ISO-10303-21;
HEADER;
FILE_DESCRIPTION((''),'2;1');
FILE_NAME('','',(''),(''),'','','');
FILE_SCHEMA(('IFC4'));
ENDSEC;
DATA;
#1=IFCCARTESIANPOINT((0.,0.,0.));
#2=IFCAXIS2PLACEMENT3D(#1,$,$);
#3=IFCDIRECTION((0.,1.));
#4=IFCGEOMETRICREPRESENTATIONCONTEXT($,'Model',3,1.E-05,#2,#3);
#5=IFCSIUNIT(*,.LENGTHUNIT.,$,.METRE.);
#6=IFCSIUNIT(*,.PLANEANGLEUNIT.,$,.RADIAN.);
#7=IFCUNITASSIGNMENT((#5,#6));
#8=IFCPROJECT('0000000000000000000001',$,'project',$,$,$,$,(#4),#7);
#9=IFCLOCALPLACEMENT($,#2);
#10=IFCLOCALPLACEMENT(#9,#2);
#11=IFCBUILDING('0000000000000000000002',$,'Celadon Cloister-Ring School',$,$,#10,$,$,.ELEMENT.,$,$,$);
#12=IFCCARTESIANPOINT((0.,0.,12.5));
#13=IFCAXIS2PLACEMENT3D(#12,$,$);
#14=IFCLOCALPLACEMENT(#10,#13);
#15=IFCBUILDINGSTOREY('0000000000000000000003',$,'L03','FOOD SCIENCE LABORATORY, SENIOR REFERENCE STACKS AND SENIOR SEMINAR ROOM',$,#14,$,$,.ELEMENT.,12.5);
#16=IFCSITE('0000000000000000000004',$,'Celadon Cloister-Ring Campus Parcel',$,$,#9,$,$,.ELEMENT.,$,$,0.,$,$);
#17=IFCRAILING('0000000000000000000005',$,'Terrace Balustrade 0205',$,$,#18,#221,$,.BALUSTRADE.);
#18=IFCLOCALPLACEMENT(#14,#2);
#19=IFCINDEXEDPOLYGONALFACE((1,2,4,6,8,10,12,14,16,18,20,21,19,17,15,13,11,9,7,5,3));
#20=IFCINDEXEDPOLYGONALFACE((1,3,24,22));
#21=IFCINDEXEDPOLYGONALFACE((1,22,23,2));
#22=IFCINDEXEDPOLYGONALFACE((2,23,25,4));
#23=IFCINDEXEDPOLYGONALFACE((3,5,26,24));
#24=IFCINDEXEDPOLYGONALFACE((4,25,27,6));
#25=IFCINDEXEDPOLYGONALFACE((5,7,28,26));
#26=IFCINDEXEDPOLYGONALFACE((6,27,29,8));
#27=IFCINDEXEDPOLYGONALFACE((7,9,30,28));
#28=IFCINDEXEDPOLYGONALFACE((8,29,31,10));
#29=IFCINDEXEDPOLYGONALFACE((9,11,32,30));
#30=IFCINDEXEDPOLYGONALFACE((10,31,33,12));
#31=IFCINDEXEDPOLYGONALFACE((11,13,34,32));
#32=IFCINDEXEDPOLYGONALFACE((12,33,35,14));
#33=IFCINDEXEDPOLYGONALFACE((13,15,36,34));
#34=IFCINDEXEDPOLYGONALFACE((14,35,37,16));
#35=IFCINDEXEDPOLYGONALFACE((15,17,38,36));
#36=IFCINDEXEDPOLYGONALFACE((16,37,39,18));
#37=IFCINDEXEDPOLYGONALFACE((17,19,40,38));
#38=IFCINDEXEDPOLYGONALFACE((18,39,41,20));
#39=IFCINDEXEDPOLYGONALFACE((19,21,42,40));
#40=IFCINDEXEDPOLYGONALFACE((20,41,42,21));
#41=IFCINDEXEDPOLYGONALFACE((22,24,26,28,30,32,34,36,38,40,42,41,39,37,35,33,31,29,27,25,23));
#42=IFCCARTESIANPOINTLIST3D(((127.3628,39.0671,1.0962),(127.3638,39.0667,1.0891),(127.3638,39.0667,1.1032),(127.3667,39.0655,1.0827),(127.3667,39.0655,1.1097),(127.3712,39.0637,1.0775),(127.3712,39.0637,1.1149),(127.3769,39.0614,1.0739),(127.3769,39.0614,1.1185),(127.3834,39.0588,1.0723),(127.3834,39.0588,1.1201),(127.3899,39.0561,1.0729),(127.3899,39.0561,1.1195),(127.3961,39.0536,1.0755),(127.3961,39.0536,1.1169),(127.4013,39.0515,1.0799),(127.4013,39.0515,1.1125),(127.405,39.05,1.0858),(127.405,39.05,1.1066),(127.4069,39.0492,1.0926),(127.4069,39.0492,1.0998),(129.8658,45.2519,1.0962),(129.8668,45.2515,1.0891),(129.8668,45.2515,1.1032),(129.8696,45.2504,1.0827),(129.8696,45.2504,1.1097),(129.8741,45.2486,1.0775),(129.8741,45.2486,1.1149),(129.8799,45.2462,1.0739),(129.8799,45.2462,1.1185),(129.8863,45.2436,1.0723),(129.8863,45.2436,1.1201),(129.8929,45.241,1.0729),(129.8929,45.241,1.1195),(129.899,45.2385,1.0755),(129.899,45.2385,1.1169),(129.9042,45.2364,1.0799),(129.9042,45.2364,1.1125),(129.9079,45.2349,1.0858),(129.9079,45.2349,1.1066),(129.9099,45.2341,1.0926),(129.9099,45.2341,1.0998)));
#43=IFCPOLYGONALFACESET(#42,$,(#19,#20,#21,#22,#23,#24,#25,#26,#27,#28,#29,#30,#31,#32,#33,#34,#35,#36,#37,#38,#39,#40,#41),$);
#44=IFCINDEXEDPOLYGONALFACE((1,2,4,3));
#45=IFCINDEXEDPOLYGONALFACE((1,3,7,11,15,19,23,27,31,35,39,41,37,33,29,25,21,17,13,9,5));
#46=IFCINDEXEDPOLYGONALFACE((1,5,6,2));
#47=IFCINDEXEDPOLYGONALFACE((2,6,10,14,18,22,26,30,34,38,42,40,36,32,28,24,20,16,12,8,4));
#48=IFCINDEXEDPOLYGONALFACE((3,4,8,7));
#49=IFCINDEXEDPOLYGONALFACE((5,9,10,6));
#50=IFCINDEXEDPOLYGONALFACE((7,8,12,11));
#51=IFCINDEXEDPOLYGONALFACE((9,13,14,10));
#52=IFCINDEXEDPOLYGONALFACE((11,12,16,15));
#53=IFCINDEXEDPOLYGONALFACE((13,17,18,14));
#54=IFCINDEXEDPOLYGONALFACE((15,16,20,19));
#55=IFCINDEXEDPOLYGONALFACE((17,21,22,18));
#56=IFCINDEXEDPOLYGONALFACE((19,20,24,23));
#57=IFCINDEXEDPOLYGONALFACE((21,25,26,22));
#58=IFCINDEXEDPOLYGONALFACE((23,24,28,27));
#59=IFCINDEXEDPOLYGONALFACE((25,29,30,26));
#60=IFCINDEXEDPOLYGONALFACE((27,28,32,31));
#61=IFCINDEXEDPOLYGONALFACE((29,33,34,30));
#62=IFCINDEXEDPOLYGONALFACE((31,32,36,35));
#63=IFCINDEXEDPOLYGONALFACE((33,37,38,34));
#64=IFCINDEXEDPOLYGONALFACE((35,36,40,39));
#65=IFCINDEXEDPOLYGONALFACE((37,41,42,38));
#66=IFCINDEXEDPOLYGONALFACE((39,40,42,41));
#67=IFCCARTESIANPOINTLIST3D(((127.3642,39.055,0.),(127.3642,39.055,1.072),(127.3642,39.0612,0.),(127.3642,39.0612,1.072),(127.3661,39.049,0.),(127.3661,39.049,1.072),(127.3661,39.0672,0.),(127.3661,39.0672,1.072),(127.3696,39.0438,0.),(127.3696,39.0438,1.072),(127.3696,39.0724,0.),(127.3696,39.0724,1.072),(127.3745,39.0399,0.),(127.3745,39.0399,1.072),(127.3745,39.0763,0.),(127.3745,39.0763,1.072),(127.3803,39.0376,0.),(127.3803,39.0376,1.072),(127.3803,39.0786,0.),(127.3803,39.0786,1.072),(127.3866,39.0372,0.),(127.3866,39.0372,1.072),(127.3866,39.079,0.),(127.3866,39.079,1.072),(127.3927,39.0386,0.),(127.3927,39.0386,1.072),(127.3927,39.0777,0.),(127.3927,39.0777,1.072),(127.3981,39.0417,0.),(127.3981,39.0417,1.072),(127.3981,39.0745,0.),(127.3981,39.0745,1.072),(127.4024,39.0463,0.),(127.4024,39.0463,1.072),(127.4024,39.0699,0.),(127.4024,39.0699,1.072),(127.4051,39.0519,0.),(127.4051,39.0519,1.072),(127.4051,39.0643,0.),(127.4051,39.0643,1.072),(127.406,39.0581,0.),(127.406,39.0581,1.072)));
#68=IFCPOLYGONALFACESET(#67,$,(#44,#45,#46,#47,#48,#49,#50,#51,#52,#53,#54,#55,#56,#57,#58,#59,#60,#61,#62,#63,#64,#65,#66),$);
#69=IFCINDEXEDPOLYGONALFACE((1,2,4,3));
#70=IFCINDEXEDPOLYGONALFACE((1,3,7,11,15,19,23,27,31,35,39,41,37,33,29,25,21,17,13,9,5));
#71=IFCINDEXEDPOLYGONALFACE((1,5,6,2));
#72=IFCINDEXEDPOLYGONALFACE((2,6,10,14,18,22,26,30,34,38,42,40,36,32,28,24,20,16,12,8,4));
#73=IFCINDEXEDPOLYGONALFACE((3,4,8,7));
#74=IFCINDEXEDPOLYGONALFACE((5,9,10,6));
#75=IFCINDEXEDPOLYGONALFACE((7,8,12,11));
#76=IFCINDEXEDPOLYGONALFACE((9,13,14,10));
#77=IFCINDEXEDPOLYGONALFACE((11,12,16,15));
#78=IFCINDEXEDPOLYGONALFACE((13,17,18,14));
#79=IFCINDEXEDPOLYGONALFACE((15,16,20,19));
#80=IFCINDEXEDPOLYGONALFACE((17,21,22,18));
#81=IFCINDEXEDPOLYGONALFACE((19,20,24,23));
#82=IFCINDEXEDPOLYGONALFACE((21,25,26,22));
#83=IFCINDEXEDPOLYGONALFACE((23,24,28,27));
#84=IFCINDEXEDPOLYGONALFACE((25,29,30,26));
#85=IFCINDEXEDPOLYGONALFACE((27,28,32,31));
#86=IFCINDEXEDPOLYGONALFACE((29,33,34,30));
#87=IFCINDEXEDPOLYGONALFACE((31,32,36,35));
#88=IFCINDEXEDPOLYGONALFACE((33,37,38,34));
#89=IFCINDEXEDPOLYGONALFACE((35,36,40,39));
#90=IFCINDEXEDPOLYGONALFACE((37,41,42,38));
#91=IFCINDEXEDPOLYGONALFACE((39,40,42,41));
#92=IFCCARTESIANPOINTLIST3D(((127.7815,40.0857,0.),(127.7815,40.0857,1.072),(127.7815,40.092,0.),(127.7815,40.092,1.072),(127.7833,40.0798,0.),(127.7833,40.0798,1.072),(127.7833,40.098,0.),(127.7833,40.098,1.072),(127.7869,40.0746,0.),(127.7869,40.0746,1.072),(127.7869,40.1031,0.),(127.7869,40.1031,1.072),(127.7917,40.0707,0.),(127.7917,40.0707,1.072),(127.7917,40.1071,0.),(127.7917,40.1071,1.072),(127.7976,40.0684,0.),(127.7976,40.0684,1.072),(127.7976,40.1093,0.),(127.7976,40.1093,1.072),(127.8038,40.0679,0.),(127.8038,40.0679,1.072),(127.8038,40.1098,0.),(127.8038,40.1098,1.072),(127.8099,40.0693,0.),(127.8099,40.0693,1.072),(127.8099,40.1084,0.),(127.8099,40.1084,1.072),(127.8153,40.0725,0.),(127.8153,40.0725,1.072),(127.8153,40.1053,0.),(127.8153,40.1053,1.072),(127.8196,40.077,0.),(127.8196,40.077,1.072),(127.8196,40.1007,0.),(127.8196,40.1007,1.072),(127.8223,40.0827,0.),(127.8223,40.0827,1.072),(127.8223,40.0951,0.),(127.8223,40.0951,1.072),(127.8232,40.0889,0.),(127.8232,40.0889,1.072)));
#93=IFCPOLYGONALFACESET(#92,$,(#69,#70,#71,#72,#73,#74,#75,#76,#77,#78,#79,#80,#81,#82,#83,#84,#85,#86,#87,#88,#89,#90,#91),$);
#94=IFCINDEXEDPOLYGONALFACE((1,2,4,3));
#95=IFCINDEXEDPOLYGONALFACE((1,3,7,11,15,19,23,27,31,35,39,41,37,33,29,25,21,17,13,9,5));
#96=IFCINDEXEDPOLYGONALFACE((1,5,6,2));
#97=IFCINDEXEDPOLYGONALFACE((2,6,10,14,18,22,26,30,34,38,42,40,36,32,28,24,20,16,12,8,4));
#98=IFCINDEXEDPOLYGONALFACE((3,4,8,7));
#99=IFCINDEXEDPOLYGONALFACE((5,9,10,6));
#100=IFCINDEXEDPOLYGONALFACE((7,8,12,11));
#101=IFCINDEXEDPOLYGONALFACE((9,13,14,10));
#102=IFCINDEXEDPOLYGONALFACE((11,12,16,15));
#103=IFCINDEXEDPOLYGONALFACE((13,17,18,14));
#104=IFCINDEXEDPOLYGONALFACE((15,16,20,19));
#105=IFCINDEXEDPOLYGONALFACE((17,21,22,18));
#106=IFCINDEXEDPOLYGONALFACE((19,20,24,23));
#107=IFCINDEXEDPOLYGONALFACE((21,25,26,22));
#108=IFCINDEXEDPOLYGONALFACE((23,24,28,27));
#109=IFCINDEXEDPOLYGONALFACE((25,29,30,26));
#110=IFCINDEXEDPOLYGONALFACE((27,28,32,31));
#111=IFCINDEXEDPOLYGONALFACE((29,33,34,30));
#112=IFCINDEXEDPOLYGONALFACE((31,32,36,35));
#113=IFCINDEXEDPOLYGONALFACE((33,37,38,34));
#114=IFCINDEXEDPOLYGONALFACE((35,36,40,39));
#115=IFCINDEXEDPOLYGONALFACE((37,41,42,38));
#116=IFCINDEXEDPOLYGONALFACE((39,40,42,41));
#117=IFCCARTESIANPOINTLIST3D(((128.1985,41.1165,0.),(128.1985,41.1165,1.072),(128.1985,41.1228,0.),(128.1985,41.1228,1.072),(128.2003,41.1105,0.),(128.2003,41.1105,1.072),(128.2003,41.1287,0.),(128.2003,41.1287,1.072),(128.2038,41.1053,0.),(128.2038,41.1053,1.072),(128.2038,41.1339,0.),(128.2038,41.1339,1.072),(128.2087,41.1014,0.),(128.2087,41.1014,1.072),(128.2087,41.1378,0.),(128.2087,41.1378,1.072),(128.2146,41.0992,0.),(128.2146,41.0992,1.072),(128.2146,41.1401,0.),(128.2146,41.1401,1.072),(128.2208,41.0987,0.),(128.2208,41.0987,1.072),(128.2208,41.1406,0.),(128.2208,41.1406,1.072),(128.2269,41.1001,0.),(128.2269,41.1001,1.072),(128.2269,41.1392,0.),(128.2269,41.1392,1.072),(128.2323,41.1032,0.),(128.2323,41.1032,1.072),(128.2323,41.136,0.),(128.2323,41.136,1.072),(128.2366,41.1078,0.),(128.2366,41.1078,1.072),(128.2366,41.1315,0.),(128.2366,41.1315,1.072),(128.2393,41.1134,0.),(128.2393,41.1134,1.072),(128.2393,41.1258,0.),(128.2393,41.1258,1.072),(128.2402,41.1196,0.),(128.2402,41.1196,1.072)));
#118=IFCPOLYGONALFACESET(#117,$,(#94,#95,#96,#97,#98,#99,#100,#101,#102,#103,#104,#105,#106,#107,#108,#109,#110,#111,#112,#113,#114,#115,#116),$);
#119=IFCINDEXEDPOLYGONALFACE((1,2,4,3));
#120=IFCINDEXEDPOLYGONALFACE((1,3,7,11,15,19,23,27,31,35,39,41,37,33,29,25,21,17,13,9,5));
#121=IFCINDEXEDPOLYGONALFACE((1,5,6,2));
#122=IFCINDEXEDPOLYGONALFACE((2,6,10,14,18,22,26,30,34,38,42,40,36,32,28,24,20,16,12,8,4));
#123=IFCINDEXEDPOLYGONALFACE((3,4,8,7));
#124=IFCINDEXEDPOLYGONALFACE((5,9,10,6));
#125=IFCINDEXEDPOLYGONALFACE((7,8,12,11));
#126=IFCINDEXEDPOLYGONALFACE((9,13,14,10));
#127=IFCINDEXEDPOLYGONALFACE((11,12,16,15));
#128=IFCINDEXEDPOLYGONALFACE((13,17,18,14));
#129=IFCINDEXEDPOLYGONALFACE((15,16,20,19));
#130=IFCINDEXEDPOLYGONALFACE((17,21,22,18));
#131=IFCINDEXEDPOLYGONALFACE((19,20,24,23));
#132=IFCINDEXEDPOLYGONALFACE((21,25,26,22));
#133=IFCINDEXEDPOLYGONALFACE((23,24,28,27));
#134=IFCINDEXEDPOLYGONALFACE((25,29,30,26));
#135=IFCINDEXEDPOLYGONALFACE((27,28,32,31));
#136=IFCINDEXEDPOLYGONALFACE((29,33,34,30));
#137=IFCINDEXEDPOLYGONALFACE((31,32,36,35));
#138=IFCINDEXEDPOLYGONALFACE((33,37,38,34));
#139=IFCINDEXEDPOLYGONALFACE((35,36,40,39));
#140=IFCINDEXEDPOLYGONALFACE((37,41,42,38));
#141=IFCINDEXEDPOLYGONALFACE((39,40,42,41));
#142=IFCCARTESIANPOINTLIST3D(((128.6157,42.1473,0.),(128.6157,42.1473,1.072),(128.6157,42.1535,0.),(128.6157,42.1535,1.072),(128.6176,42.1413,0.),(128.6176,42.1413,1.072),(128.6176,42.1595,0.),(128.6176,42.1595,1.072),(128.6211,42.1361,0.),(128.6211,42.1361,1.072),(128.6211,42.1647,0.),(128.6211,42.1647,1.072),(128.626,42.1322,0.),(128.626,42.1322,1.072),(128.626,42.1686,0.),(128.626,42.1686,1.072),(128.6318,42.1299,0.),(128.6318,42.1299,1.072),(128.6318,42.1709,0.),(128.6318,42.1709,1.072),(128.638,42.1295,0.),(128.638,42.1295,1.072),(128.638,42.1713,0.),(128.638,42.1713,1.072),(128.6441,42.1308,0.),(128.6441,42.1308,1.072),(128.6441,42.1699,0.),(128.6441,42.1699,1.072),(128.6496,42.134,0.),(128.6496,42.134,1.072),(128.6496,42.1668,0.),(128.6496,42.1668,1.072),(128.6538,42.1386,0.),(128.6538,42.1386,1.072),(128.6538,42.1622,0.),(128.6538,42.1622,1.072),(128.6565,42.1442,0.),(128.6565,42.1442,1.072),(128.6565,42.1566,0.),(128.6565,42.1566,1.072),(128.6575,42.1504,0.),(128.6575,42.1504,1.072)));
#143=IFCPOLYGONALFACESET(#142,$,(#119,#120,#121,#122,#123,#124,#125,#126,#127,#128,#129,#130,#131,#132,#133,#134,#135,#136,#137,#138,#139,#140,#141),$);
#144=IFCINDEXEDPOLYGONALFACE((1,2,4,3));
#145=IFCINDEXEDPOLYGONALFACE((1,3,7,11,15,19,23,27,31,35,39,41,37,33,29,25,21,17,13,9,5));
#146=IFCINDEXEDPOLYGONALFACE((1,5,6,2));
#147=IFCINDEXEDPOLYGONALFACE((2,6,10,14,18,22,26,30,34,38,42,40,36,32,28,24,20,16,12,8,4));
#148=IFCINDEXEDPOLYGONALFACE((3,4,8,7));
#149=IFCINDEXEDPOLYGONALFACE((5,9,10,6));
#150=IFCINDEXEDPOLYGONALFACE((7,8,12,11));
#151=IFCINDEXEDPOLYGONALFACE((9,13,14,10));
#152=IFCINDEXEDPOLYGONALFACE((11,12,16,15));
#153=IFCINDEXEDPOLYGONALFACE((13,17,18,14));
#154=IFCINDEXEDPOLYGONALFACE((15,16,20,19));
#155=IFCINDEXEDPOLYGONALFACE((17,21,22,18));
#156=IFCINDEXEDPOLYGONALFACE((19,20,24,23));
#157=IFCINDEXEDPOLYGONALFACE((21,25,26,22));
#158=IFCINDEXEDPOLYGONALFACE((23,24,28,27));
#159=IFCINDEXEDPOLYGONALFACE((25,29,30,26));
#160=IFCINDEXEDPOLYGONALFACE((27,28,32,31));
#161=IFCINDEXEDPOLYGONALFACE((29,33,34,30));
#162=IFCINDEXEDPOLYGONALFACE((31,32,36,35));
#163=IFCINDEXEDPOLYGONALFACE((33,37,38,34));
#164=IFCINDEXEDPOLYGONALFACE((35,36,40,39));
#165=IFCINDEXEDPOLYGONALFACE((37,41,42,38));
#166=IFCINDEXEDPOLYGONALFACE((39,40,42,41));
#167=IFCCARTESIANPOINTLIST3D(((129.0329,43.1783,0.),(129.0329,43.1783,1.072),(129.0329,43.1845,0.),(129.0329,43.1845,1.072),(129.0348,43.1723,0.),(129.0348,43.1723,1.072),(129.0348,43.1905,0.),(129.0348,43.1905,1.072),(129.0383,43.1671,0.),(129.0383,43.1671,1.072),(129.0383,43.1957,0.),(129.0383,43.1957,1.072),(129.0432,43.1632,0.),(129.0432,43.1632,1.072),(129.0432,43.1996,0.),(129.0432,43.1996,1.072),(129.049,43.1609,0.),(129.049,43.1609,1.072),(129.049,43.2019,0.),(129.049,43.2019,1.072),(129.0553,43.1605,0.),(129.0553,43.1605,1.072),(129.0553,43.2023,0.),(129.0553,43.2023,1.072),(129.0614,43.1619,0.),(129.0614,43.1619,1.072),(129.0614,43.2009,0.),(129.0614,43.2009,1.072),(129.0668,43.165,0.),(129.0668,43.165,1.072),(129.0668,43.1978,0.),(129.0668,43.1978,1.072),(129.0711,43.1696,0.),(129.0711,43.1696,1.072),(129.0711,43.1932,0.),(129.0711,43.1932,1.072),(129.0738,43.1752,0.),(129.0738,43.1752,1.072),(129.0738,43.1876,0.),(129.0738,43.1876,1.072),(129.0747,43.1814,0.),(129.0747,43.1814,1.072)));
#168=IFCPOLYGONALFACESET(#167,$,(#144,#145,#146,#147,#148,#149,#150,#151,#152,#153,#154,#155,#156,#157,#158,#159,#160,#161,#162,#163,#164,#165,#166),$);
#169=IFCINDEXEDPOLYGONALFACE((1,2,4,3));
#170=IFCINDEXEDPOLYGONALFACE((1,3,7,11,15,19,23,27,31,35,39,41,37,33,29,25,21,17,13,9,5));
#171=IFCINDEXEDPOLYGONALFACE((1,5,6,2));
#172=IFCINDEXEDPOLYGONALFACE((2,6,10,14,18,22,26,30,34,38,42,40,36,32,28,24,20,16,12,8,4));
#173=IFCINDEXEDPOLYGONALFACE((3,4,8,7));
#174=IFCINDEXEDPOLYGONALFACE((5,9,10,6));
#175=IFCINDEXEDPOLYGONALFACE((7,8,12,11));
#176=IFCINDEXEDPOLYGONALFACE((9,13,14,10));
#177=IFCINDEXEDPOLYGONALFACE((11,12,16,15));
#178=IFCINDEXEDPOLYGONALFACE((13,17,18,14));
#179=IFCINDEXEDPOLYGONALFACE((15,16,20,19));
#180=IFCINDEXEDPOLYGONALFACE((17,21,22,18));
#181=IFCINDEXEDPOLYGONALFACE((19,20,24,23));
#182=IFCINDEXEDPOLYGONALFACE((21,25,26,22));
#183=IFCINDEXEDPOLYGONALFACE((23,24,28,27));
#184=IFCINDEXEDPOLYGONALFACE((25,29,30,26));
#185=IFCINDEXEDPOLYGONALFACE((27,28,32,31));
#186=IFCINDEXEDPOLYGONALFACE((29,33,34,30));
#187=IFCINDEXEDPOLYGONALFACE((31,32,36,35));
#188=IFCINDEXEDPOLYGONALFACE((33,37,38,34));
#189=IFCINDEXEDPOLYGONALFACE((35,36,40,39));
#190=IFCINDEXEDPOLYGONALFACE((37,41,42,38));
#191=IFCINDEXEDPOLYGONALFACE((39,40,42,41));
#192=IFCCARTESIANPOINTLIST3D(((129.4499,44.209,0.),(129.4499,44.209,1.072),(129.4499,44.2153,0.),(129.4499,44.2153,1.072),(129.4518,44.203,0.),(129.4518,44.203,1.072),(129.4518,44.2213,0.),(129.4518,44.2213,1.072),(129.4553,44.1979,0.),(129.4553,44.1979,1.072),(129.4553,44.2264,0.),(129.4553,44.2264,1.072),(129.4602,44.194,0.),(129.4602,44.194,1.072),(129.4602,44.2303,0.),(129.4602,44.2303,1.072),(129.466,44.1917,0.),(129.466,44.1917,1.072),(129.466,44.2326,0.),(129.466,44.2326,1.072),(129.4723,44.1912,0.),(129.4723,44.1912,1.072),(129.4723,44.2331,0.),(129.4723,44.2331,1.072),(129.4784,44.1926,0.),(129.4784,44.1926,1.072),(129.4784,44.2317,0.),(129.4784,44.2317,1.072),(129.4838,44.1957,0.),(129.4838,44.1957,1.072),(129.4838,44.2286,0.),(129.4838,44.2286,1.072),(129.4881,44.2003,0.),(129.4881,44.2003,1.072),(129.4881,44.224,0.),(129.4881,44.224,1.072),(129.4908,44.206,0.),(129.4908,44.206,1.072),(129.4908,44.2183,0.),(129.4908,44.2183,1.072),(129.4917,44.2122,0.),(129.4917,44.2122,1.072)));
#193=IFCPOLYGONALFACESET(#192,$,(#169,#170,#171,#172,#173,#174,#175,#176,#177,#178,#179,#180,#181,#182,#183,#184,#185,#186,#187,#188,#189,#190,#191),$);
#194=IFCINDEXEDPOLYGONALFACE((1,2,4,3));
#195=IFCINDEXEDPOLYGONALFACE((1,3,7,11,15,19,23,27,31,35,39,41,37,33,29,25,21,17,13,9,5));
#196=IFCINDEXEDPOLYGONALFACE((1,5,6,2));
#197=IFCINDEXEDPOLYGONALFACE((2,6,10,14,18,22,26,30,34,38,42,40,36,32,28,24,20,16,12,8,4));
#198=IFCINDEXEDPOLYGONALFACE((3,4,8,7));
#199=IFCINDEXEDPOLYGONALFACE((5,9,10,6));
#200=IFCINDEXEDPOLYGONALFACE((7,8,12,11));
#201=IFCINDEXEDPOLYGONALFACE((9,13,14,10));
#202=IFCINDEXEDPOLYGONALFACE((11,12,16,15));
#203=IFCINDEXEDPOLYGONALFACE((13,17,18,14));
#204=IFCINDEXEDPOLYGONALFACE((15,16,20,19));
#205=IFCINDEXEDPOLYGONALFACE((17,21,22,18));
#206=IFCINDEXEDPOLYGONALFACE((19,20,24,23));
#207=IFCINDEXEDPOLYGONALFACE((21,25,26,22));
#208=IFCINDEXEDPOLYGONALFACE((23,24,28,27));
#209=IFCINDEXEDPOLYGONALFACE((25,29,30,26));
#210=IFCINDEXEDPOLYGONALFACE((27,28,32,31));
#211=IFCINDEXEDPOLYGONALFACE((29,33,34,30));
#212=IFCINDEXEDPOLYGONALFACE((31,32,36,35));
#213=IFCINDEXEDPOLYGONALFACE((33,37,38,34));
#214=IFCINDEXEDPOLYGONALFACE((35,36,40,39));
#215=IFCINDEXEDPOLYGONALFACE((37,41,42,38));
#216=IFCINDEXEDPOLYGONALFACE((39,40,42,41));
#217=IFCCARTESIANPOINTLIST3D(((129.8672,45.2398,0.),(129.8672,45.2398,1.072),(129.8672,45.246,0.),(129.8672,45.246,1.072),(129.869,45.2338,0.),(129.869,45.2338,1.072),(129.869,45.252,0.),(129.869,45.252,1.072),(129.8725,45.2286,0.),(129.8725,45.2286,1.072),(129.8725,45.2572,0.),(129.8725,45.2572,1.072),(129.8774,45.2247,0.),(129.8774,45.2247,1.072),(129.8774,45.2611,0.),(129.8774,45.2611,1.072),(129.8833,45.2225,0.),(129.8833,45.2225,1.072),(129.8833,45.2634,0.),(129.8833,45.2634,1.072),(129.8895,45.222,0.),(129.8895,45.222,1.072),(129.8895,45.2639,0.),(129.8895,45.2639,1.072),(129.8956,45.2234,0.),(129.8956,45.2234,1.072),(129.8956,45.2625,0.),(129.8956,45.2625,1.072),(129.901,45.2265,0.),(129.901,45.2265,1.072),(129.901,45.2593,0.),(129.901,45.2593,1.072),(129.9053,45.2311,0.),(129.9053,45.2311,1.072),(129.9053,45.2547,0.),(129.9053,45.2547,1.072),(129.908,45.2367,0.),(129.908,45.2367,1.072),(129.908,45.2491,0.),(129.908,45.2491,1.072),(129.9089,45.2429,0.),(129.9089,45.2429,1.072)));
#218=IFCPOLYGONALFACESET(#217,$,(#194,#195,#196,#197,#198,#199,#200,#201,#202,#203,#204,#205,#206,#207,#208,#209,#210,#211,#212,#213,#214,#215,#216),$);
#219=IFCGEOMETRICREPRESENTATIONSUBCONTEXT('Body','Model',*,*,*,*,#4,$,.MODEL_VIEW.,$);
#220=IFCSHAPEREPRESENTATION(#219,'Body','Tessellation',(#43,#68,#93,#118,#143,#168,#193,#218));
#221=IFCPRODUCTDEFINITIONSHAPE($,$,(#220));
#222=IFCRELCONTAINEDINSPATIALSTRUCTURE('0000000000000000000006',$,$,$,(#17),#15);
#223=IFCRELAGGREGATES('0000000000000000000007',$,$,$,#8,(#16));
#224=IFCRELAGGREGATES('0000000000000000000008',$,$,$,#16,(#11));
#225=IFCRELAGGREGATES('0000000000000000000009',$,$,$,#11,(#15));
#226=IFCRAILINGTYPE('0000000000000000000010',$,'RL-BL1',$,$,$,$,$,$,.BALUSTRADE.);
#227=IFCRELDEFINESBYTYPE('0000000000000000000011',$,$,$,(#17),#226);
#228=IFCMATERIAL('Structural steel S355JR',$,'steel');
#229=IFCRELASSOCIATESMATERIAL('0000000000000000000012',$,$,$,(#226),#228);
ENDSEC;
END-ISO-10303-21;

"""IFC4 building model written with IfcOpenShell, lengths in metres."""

from ifc_helpers import new_model, si_unit, direction, frame, origin, origin_2d, place, context, subcontext, project, spatial, circle, extrude, material, type_object, element, save


model = new_model("IFC4")

# Units and contexts
model_context = context("Model", 3, precision=1e-05, world=origin(), true_north=direction((0.0, 1.0)))
body_context = subcontext(model_context, "Body", "Model", "MODEL_VIEW")
ifc_project = project(units=[si_unit("LENGTHUNIT", "METRE"), si_unit("PLANEANGLEUNIT", "RADIAN")], contexts=[model_context])

# Site, building, storey
site_placement = place(None, origin())
site = spatial("IfcSite", under=ifc_project, at=site_placement, Name="Celadon Cloister-Ring Campus Parcel", CompositionType="ELEMENT", RefElevation=0.0)
building_placement = place(site_placement, origin())
building = spatial("IfcBuilding", under=site, at=building_placement, Name="Celadon Cloister-Ring School", CompositionType="ELEMENT")
storey_placement = place(building_placement, frame((0.0, 0.0, 12.5)))
storey = spatial("IfcBuildingStorey", under=building, at=storey_placement, Name="L03", Description="FOOD SCIENCE LABORATORY, SENIOR REFERENCE STACKS AND SENIOR SEMINAR ROOM", CompositionType="ELEMENT", Elevation=12.5)

# Railing
ifc_material_1 = material(Name="Structural steel S355JR", Category="steel")
railing_type = type_object("IfcRailingType", Name="RL-BL1", PredefinedType="BALUSTRADE", material=ifc_material_1)
railing_placement = place(storey_placement, frame((127.385, 39.0581, 0.0)))
element("IfcRailing", 1, at=railing_placement, inside=storey, type_object=railing_type, Name="Terrace Balustrade 0205", PredefinedType="BALUSTRADE", context=body_context, shape_type="SweptSolid", body=[
    extrude(circle(Radius=0.0239, at=origin_2d()), frame((0.0, 0.0, 1.0962), z_axis=(0.375135, 0.92697, 0.0), x_axis=(-0.92697, 0.375135, 0.0)), (0.0, 0.0, 1.0), 6.6721),
    extrude(circle(Radius=0.021, at=origin_2d()), origin(), (0.0, 0.0, 1.0), 1.072),
    extrude(circle(Radius=0.021, at=origin_2d()), frame((0.4172, 1.0308, 0.0)), (0.0, 0.0, 1.0), 1.072),
    extrude(circle(Radius=0.021, at=origin_2d()), frame((0.8342, 2.0615, 0.0)), (0.0, 0.0, 1.0), 1.072),
    extrude(circle(Radius=0.021, at=origin_2d()), frame((1.2515, 3.0923, 0.0)), (0.0, 0.0, 1.0), 1.072),
    extrude(circle(Radius=0.021, at=origin_2d()), frame((1.6687, 4.1233, 0.0)), (0.0, 0.0, 1.0), 1.072),
    extrude(circle(Radius=0.021, at=origin_2d()), frame((2.0857, 5.1541, 0.0)), (0.0, 0.0, 1.0), 1.072),
    extrude(circle(Radius=0.021, at=origin_2d()), frame((2.5029, 6.1848, 0.0)), (0.0, 0.0, 1.0), 1.072),
])

save(model, "model.ifc")
